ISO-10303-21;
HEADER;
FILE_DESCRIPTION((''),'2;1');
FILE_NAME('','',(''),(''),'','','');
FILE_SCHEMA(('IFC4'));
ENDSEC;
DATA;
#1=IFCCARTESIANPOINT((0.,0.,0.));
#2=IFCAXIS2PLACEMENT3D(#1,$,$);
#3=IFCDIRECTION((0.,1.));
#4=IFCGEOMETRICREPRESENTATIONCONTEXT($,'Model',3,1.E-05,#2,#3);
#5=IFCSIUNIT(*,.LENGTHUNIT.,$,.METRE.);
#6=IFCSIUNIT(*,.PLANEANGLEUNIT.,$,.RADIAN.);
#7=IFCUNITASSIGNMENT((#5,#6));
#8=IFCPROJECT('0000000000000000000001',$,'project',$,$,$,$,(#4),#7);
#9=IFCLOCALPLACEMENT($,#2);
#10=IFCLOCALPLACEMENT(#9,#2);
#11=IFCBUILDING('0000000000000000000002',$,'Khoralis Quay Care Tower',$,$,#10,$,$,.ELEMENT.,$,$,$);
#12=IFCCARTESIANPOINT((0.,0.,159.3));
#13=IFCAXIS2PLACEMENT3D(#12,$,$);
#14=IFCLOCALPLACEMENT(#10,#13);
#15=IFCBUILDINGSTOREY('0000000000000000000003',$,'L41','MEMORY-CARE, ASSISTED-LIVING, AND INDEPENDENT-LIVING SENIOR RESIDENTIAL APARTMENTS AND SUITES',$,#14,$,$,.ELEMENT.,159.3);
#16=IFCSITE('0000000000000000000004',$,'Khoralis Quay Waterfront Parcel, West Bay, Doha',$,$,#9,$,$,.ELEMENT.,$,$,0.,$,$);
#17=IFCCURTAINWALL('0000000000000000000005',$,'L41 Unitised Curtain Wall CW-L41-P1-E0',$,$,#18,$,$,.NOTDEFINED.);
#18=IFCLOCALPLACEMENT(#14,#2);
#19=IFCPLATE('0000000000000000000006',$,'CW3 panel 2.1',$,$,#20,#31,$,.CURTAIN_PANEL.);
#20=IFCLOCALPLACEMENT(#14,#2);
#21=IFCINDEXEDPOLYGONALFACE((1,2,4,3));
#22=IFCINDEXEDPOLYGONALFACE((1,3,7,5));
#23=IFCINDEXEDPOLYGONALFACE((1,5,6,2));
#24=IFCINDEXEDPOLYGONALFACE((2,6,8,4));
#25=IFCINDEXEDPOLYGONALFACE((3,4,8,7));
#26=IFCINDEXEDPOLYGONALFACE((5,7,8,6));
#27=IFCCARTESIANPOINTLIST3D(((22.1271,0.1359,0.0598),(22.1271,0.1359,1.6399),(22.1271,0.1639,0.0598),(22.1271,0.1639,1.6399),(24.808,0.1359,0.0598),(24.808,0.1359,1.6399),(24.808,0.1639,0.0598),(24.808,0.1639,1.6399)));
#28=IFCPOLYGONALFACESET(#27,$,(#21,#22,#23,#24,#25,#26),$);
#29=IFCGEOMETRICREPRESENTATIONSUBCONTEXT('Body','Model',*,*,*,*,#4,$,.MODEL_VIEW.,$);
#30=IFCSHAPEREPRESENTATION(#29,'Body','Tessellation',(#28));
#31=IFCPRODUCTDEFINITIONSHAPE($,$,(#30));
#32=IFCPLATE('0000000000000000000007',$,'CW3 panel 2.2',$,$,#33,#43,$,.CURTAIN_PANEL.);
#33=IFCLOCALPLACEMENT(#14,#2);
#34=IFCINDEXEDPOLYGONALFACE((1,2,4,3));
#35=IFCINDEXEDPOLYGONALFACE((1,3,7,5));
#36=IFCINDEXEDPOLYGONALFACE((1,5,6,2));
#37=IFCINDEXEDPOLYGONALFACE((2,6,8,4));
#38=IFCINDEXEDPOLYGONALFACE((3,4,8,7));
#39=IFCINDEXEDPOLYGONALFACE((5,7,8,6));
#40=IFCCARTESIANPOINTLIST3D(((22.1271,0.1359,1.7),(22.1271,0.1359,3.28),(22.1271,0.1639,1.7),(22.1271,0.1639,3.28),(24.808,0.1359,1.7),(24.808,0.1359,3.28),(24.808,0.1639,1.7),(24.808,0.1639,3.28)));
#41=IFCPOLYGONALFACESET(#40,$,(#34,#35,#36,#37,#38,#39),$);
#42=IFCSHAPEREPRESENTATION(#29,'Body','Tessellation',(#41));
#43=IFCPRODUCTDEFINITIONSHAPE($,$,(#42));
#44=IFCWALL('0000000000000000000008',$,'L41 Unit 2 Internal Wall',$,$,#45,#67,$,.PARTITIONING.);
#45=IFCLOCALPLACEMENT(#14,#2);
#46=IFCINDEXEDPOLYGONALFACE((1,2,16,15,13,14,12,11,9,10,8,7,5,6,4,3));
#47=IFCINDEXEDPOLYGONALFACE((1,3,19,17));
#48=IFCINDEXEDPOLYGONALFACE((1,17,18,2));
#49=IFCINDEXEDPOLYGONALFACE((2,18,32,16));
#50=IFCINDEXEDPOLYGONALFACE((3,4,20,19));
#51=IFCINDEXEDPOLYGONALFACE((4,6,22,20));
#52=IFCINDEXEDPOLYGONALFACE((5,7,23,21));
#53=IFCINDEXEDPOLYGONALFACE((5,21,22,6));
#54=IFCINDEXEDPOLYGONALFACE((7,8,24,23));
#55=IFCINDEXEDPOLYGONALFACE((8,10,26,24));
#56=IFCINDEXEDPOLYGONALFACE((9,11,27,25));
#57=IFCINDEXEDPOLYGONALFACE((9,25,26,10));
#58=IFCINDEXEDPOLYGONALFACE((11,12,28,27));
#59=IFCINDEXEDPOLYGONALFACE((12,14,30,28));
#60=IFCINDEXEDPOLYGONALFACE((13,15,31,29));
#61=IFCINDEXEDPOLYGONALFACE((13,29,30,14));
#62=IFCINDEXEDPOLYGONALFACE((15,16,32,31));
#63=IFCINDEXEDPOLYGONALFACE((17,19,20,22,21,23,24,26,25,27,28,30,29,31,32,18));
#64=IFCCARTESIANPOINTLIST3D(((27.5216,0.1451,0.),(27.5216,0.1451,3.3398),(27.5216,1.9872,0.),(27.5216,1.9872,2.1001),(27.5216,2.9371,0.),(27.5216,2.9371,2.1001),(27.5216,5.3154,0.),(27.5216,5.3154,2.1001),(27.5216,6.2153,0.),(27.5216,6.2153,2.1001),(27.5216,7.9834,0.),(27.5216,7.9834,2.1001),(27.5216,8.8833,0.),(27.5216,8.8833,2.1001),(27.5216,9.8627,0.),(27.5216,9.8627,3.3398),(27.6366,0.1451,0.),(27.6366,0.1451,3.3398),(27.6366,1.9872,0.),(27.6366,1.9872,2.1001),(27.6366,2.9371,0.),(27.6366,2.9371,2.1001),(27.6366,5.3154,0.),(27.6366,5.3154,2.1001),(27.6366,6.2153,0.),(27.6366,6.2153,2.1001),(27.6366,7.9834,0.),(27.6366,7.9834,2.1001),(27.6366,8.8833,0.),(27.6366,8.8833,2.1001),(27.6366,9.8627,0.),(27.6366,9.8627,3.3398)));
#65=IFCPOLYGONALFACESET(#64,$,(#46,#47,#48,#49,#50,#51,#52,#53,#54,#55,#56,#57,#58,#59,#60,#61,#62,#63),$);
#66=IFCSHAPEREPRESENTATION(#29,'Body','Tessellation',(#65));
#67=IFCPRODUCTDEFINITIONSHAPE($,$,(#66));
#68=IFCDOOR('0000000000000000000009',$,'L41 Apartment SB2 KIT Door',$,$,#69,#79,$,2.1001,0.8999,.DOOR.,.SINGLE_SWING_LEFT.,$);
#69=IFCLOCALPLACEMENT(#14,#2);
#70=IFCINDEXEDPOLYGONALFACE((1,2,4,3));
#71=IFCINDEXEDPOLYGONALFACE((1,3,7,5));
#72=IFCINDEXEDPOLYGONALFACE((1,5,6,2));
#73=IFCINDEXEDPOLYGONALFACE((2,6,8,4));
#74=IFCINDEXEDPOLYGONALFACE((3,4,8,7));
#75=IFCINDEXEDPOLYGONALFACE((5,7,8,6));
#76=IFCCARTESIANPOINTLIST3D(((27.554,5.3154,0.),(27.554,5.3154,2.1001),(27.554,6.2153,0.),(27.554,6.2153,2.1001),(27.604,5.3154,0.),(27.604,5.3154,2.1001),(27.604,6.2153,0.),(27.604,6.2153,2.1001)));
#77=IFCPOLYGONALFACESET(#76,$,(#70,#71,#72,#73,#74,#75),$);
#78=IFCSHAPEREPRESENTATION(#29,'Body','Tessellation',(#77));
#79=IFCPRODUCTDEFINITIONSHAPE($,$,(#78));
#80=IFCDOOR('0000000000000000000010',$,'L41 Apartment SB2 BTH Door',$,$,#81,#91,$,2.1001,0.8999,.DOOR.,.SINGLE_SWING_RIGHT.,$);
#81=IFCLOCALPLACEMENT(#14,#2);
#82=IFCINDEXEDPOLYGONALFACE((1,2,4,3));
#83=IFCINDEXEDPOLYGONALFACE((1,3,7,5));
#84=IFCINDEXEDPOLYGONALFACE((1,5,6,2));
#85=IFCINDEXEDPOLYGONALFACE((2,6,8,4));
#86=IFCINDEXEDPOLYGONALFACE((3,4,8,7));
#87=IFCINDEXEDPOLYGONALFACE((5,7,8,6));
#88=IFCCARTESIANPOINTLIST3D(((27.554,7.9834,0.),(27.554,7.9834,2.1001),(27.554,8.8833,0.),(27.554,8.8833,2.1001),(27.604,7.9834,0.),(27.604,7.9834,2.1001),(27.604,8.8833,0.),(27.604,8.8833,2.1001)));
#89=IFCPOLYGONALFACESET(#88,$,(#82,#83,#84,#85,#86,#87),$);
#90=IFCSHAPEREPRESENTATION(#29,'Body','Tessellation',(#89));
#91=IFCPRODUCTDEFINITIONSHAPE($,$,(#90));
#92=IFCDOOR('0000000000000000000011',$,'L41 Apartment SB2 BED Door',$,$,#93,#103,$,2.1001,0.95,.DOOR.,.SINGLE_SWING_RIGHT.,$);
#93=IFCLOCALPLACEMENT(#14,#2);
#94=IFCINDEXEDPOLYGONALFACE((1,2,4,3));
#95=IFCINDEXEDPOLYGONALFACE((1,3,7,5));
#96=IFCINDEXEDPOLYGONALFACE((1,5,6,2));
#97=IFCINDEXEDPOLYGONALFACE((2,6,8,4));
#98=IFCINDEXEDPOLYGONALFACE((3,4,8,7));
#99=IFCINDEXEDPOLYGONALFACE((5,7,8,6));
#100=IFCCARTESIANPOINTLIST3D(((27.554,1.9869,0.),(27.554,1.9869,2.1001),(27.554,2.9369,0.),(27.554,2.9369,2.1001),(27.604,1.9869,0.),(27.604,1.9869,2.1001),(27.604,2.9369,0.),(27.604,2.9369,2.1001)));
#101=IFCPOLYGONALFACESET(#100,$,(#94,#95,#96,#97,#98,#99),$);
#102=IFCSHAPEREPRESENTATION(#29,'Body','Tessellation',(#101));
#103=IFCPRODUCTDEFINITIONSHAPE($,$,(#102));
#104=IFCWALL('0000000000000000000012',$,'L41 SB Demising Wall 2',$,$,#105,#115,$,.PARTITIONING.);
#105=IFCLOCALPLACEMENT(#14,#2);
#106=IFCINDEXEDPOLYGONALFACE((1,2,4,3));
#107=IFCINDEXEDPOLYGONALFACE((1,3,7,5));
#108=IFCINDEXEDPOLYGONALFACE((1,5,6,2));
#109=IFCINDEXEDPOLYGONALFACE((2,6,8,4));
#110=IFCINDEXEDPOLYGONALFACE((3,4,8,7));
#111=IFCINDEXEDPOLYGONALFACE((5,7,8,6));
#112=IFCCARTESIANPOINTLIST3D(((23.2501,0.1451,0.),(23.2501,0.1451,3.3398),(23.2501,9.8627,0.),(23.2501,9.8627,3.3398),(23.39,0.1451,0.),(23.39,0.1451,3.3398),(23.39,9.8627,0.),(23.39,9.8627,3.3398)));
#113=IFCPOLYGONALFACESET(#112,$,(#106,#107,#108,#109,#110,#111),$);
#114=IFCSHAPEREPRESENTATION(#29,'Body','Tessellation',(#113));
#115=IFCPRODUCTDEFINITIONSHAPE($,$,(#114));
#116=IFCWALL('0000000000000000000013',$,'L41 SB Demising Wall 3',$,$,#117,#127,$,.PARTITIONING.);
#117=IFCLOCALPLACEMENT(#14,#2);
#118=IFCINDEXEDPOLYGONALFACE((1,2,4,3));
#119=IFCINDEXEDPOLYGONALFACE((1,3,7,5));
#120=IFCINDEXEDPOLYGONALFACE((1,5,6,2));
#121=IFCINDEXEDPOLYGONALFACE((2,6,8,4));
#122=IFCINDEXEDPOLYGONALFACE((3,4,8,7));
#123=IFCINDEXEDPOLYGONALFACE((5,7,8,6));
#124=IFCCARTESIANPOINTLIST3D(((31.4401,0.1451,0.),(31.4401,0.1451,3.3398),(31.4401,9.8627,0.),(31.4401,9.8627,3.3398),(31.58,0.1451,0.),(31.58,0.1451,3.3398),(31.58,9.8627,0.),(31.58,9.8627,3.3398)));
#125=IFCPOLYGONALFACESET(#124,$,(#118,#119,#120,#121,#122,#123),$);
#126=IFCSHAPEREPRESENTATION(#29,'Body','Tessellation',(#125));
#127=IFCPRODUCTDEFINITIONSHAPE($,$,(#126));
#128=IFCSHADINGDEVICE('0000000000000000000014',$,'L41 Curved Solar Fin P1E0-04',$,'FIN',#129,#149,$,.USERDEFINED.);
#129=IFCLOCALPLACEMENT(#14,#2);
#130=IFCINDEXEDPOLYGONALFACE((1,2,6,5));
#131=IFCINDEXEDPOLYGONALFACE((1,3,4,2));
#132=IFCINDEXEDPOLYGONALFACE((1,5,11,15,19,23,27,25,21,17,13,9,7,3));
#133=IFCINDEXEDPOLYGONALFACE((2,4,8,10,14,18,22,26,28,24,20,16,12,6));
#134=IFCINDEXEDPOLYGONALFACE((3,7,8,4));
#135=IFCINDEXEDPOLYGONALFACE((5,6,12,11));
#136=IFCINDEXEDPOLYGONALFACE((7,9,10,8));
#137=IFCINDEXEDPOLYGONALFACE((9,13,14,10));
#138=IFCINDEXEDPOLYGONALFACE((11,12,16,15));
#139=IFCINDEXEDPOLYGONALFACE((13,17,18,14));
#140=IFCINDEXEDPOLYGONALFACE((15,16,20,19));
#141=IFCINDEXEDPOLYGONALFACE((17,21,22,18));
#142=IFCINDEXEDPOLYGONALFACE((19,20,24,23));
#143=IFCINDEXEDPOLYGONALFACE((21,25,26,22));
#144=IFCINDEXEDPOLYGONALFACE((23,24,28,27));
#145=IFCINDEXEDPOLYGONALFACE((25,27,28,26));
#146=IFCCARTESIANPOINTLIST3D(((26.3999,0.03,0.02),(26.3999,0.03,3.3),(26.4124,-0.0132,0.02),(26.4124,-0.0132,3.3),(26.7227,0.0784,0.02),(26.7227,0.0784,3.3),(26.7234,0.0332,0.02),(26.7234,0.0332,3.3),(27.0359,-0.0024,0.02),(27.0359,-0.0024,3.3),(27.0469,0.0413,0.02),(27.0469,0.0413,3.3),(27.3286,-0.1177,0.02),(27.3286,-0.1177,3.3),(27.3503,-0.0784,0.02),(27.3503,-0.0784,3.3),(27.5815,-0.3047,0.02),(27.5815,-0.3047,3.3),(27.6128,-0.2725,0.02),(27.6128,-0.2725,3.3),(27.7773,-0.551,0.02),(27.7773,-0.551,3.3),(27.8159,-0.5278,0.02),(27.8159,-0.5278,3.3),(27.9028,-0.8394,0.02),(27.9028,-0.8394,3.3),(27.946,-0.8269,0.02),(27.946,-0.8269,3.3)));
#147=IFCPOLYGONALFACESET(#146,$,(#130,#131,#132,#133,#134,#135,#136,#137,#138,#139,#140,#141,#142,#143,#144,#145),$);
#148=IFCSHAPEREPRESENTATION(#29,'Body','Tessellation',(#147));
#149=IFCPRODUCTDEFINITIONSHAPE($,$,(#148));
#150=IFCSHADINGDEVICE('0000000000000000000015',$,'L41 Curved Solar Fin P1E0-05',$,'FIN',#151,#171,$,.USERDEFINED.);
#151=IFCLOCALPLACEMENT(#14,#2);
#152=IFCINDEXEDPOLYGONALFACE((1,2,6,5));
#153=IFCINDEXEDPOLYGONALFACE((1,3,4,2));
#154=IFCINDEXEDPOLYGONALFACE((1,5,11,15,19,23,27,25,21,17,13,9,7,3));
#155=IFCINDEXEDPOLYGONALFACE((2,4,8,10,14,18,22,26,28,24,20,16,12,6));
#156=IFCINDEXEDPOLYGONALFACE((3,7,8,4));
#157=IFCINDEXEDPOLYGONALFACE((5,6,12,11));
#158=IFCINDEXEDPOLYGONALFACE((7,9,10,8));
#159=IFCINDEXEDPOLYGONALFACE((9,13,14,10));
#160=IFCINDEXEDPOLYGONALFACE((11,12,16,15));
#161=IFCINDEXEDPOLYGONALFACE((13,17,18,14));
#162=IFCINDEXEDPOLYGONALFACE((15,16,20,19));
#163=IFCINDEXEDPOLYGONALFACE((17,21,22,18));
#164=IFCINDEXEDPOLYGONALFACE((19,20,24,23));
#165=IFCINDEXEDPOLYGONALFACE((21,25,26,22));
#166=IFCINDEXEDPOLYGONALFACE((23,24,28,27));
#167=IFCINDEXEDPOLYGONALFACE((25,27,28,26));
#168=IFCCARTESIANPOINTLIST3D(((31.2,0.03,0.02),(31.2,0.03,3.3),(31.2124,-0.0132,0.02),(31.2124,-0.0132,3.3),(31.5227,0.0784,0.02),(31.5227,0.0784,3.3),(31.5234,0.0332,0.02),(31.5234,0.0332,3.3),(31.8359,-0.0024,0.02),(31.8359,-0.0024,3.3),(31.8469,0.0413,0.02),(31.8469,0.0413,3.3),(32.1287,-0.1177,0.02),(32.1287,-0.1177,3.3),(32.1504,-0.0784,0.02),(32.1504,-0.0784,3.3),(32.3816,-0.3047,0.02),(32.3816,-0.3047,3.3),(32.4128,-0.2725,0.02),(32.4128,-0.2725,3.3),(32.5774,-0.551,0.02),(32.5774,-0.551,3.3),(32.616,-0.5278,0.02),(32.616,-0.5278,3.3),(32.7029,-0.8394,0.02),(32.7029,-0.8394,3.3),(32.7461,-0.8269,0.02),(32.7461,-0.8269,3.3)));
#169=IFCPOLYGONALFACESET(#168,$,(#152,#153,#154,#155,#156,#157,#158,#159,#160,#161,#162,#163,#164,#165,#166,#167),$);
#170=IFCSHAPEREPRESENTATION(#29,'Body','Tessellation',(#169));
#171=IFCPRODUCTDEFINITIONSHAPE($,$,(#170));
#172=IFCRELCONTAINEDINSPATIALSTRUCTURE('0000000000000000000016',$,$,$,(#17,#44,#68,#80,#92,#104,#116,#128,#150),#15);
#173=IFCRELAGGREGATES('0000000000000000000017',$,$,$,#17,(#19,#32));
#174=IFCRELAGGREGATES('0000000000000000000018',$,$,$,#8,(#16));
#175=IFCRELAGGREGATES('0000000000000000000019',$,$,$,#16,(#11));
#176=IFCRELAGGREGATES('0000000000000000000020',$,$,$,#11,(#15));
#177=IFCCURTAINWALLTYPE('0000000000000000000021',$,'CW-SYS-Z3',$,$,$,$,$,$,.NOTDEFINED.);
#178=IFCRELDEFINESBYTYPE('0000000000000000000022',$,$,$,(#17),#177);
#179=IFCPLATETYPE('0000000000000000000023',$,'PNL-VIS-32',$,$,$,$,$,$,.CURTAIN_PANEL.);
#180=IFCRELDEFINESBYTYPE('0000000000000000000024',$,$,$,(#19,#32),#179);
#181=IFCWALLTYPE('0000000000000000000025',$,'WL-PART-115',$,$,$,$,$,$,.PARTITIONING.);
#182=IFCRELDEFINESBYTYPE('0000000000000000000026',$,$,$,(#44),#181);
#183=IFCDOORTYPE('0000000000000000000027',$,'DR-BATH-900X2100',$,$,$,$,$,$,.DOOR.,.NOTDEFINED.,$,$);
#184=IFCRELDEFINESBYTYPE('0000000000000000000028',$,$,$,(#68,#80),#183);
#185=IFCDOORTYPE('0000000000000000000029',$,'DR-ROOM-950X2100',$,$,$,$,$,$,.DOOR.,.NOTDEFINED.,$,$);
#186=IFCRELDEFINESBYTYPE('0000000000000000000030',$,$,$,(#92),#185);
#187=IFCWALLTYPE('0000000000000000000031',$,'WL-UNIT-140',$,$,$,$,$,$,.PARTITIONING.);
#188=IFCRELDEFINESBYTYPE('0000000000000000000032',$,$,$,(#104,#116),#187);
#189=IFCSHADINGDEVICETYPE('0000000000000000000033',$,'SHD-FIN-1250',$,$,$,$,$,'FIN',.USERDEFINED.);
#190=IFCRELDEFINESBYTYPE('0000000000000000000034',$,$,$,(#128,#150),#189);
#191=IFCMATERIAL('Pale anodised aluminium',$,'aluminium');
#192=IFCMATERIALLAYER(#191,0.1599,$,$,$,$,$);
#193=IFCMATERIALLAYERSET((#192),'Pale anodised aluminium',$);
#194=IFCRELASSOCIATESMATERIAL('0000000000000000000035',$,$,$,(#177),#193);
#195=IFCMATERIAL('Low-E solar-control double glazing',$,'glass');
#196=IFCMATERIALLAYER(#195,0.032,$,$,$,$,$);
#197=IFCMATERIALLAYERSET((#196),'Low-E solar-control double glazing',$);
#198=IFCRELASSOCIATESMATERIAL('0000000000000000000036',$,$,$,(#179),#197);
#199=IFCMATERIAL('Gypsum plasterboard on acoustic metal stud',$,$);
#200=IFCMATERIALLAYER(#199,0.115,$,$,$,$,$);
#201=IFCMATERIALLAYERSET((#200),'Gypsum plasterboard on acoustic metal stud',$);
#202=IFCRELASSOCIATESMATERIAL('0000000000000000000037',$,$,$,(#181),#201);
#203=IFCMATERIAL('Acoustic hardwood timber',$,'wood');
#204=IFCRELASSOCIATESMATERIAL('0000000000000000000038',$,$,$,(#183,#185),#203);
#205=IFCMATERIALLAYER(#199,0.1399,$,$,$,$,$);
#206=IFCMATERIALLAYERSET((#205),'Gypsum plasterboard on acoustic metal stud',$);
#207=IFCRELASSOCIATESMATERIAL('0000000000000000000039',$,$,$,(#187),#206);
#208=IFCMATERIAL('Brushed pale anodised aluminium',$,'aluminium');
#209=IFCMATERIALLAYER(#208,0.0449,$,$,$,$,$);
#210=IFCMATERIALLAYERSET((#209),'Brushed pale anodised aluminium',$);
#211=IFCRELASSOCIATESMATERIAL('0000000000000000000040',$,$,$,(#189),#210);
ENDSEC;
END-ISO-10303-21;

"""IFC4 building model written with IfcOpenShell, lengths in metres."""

from ifc_helpers import new_model, si_unit, direction, frame, frame_2d, origin, origin_2d, place, context, subcontext, project, spatial, polyline, rectangle, outline, extrude, source, transform, mapped, material, layer, layer_set, type_object, element, fill, aggregate, save


model = new_model("IFC4")

# Units and contexts
model_context = context("Model", 3, precision=1e-05, world=origin(), true_north=direction((0.0, 1.0)))
body_context = subcontext(model_context, "Body", "Model", "MODEL_VIEW")
ifc_project = project(units=[si_unit("LENGTHUNIT", "METRE"), si_unit("PLANEANGLEUNIT", "RADIAN")], contexts=[model_context])

# Site, building, storey
site_placement = place(None, origin())
site = spatial("IfcSite", under=ifc_project, at=site_placement, Name="Khoralis Quay Waterfront Parcel, West Bay, Doha", CompositionType="ELEMENT", RefElevation=0.0)
building_placement = place(site_placement, origin())
building = spatial("IfcBuilding", under=site, at=building_placement, Name="Khoralis Quay Care Tower", CompositionType="ELEMENT")
storey_placement = place(building_placement, frame((0.0, 0.0, 159.3)))
storey = spatial("IfcBuildingStorey", under=building, at=storey_placement, Name="L41", Description="MEMORY-CARE, ASSISTED-LIVING, AND INDEPENDENT-LIVING SENIOR RESIDENTIAL APARTMENTS AND SUITES", CompositionType="ELEMENT", Elevation=159.3)

# Curtain wall, plates
ifc_material_1 = material(Name="Pale anodised aluminium", Category="aluminium")
ifc_layer_1 = layer(ifc_material_1, 0.1599)
ifc_layer_set_1 = layer_set([ifc_layer_1], Name="Pale anodised aluminium")
curtain_wall_type = type_object("IfcCurtainWallType", Name="CW-SYS-Z3", PredefinedType="NOTDEFINED", material=ifc_layer_set_1)
curtain_wall_placement = place(storey_placement, origin())
curtain_wall = element("IfcCurtainWall", 1, at=curtain_wall_placement, inside=storey, type_object=curtain_wall_type, Name="L41 Unitised Curtain Wall CW-L41-P1-E0", PredefinedType="NOTDEFINED")
ifc_material_2 = material(Name="Low-E solar-control double glazing", Category="glass")
ifc_layer_2 = layer(ifc_material_2, 0.032)
ifc_layer_set_2 = layer_set([ifc_layer_2], Name="Low-E solar-control double glazing")
plate_type = type_object("IfcPlateType", Name="PNL-VIS-32", PredefinedType="CURTAIN_PANEL", material=ifc_layer_set_2)
shared_shape_1 = source(origin(), body_context, "Body", "SweptSolid", [
    extrude(rectangle(XDim=2.6809, YDim=0.0281, at=origin_2d()), origin(), (0.0, 0.0, 1.0), 1.5801),
])
plate_1_placement = place(storey_placement, frame((23.4675, 0.1499, 0.0598), z_axis=(0.0, 0.0, 1.0), x_axis=(1.0, 0.0, 0.0)))
plate_1 = element("IfcPlate", 2, at=plate_1_placement, type_object=plate_type, Name="CW3 panel 2.1", PredefinedType="CURTAIN_PANEL", context=body_context, shape_type="MappedRepresentation", body=[
    mapped(shared_shape_1, transform((0.0, 0.0, 0.0), scale=1.0)),
])
plate_2_placement = place(storey_placement, frame((23.4675, 0.1499, 1.7), z_axis=(0.0, 0.0, 1.0), x_axis=(1.0, 0.0, 0.0)))
plate_2 = element("IfcPlate", 3, at=plate_2_placement, type_object=plate_type, Name="CW3 panel 2.2", PredefinedType="CURTAIN_PANEL", context=body_context, shape_type="MappedRepresentation", body=[
    mapped(shared_shape_1, transform((0.0, 0.0, 0.0), scale=1.0)),
])
aggregate(curtain_wall, [plate_1, plate_2])

# Wall, openings, doors
ifc_material_3 = material(Name="Gypsum plasterboard on acoustic metal stud")
ifc_layer_3 = layer(ifc_material_3, 0.115)
ifc_layer_set_3 = layer_set([ifc_layer_3], Name="Gypsum plasterboard on acoustic metal stud")
wall_type_1 = type_object("IfcWallType", Name="WL-PART-115", PredefinedType="PARTITIONING", material=ifc_layer_set_3)
wall_placement = place(storey_placement, frame((27.5791, 0.145, 0.0), z_axis=(0.0, 0.0, 1.0), x_axis=(0.0, 1.0, 0.0)))
wall = element("IfcWall", 4, at=wall_placement, inside=storey, type_object=wall_type_1, Name="L41 Unit 2 Internal Wall", PredefinedType="PARTITIONING", context=body_context, shape_type="SweptSolid", body=[
    extrude(rectangle(XDim=9.7175, YDim=0.115, at=frame_2d((4.8589, 0.0))), origin(), (0.0, 0.0, 1.0), 3.3398),
])
opening_1_placement = place(wall_placement, frame((1.842, 0.0, 0.0)))
opening_1 = element("IfcOpeningElement", 5, at=opening_1_placement, cuts=wall, PredefinedType="OPENING", context=body_context, shape_type="SweptSolid", body=[
    extrude(rectangle(XDim=0.95, YDim=2.1001, at=frame_2d((0.4751, 1.05))), frame((0.0, 0.0674, 0.0), z_axis=(0.0, -1.0, 0.0), x_axis=(1.0, 0.0, 0.0)), (0.0, 0.0, 1.0), 0.135),
])
opening_2_placement = place(wall_placement, frame((5.1704, 0.0, 0.0)))
opening_2 = element("IfcOpeningElement", 6, at=opening_2_placement, cuts=wall, PredefinedType="OPENING", context=body_context, shape_type="SweptSolid", body=[
    extrude(rectangle(XDim=0.8999, YDim=2.1001, at=frame_2d((0.45, 1.05))), frame((0.0, 0.0674, 0.0), z_axis=(0.0, -1.0, 0.0), x_axis=(1.0, 0.0, 0.0)), (0.0, 0.0, 1.0), 0.135),
])
opening_3_placement = place(wall_placement, frame((7.8384, 0.0, 0.0)))
opening_3 = element("IfcOpeningElement", 7, at=opening_3_placement, cuts=wall, PredefinedType="OPENING", context=body_context, shape_type="SweptSolid", body=[
    extrude(rectangle(XDim=0.8999, YDim=2.1001, at=frame_2d((0.45, 1.05))), frame((0.0, 0.0674, 0.0), z_axis=(0.0, -1.0, 0.0), x_axis=(1.0, 0.0, 0.0)), (0.0, 0.0, 1.0), 0.135),
])
ifc_material_4 = material(Name="Acoustic hardwood timber", Category="wood")
door_type_1 = type_object("IfcDoorType", Name="DR-BATH-900X2100", OperationType="NOTDEFINED", PredefinedType="DOOR", material=ifc_material_4)
shared_shape_2 = source(origin(), body_context, "Body", "SweptSolid", [
    extrude(rectangle(XDim=0.8999, YDim=2.1001, at=frame_2d((0.45, 1.05))), frame((0.0, 0.0249, 0.0), z_axis=(0.0, -1.0, 0.0), x_axis=(1.0, 0.0, 0.0)), (0.0, 0.0, 1.0), 0.05),
])
door_1_placement = place(opening_2_placement, frame((0.8999, 0.0, 0.0), z_axis=(0.0, 0.0, 1.0), x_axis=(-1.0, 0.0, 0.0)))
door_1 = element("IfcDoor", 8, at=door_1_placement, inside=storey, type_object=door_type_1, Name="L41 Apartment SB2 KIT Door", OperationType="SINGLE_SWING_LEFT", OverallHeight=2.1001, OverallWidth=0.8999, PredefinedType="DOOR", context=body_context, shape_type="MappedRepresentation", body=[
    mapped(shared_shape_2, transform((0.0, 0.0, 0.0), scale=1.0)),
])
fill(opening_2, door_1)
door_2_placement = place(opening_3_placement, frame((0.8999, 0.0, 0.0), z_axis=(0.0, 0.0, 1.0), x_axis=(-1.0, 0.0, 0.0)))
door_2 = element("IfcDoor", 9, at=door_2_placement, inside=storey, type_object=door_type_1, Name="L41 Apartment SB2 BTH Door", OperationType="SINGLE_SWING_RIGHT", OverallHeight=2.1001, OverallWidth=0.8999, PredefinedType="DOOR", context=body_context, shape_type="MappedRepresentation", body=[
    mapped(shared_shape_2, transform((0.0, 0.0, 0.0), scale=1.0)),
])
fill(opening_3, door_2)
door_type_2 = type_object("IfcDoorType", Name="DR-ROOM-950X2100", OperationType="NOTDEFINED", PredefinedType="DOOR", material=ifc_material_4)
shared_shape_3 = source(origin(), body_context, "Body", "SweptSolid", [
    extrude(rectangle(XDim=0.95, YDim=2.1001, at=frame_2d((0.4751, 1.05))), frame((0.0, 0.0249, 0.0), z_axis=(0.0, -1.0, 0.0), x_axis=(1.0, 0.0, 0.0)), (0.0, 0.0, 1.0), 0.05),
])
door_3_placement = place(opening_1_placement, frame((0.95, 0.0, 0.0), z_axis=(0.0, 0.0, 1.0), x_axis=(-1.0, 0.0, 0.0)))
door_3 = element("IfcDoor", 10, at=door_3_placement, inside=storey, type_object=door_type_2, Name="L41 Apartment SB2 BED Door", OperationType="SINGLE_SWING_RIGHT", OverallHeight=2.1001, OverallWidth=0.95, PredefinedType="DOOR", context=body_context, shape_type="MappedRepresentation", body=[
    mapped(shared_shape_3, transform((0.0, 0.0, 0.0), scale=1.0)),
])
fill(opening_1, door_3)

# Walls
ifc_layer_4 = layer(ifc_material_3, 0.1399)
ifc_layer_set_4 = layer_set([ifc_layer_4], Name="Gypsum plasterboard on acoustic metal stud")
wall_type_2 = type_object("IfcWallType", Name="WL-UNIT-140", PredefinedType="PARTITIONING", material=ifc_layer_set_4)
for number, where, z_axis, x_axis, name in (
    (11, (23.3201, 0.145, 0.0), (0.0, 0.0, 1.0), (0.0, 1.0, 0.0), "L41 SB Demising Wall 2"),
    (12, (31.51, 0.145, 0.0), (0.0, 0.0, 1.0), (0.0, 1.0, 0.0), "L41 SB Demising Wall 3"),
):
    element("IfcWall", number, at=place(storey_placement, frame(where, z_axis=z_axis, x_axis=x_axis)), inside=storey, type_object=wall_type_2, Name=name, PredefinedType="PARTITIONING", context=body_context, shape_type="SweptSolid", body=[
        extrude(rectangle(XDim=9.7175, YDim=0.1399, at=frame_2d((4.8589, 0.0))), origin(), (0.0, 0.0, 1.0), 3.3398),
    ])

# Shading devices
ifc_material_5 = material(Name="Brushed pale anodised aluminium", Category="aluminium")
ifc_layer_5 = layer(ifc_material_5, 0.0449)
ifc_layer_set_5 = layer_set([ifc_layer_5], Name="Brushed pale anodised aluminium")
shading_device_type = type_object("IfcShadingDeviceType", Name="SHD-FIN-1250", ElementType="FIN", PredefinedType="USERDEFINED", material=ifc_layer_set_5)
shared_shape_4 = source(origin(), body_context, "Body", "SweptSolid", [
    extrude(outline(polyline([(0.0, 0.0), (-0.0483, 0.3228), (-0.0112, 0.647), (0.1084, 0.9504), (0.3025, 1.2129), (0.5579, 1.416), (0.8569, 1.5461), (0.8694, 1.5029), (0.5811, 1.3774), (0.3347, 1.1816), (0.1477, 0.9287), (0.0325, 0.636), (-0.0032, 0.3235), (0.0432, 0.0125), (0.0, 0.0)])), origin(), (0.0, 0.0, 1.0), 3.28),
])
for number, where, z_axis, x_axis, name in (
    (13, (26.3999, 0.03, 0.02), (0.0, 0.0, 1.0), (0.0, -1.0, 0.0), "L41 Curved Solar Fin P1E0-04"),
    (14, (31.2, 0.03, 0.02), (0.0, 0.0, 1.0), (0.0, -1.0, 0.0), "L41 Curved Solar Fin P1E0-05"),
):
    element("IfcShadingDevice", number, at=place(storey_placement, frame(where, z_axis=z_axis, x_axis=x_axis)), inside=storey, type_object=shading_device_type, Name=name, ObjectType="FIN", PredefinedType="USERDEFINED", context=body_context, shape_type="MappedRepresentation", body=[
        mapped(shared_shape_4, transform((0.0, 0.0, 0.0), scale=1.0)),
    ])

save(model, "model.ifc")
